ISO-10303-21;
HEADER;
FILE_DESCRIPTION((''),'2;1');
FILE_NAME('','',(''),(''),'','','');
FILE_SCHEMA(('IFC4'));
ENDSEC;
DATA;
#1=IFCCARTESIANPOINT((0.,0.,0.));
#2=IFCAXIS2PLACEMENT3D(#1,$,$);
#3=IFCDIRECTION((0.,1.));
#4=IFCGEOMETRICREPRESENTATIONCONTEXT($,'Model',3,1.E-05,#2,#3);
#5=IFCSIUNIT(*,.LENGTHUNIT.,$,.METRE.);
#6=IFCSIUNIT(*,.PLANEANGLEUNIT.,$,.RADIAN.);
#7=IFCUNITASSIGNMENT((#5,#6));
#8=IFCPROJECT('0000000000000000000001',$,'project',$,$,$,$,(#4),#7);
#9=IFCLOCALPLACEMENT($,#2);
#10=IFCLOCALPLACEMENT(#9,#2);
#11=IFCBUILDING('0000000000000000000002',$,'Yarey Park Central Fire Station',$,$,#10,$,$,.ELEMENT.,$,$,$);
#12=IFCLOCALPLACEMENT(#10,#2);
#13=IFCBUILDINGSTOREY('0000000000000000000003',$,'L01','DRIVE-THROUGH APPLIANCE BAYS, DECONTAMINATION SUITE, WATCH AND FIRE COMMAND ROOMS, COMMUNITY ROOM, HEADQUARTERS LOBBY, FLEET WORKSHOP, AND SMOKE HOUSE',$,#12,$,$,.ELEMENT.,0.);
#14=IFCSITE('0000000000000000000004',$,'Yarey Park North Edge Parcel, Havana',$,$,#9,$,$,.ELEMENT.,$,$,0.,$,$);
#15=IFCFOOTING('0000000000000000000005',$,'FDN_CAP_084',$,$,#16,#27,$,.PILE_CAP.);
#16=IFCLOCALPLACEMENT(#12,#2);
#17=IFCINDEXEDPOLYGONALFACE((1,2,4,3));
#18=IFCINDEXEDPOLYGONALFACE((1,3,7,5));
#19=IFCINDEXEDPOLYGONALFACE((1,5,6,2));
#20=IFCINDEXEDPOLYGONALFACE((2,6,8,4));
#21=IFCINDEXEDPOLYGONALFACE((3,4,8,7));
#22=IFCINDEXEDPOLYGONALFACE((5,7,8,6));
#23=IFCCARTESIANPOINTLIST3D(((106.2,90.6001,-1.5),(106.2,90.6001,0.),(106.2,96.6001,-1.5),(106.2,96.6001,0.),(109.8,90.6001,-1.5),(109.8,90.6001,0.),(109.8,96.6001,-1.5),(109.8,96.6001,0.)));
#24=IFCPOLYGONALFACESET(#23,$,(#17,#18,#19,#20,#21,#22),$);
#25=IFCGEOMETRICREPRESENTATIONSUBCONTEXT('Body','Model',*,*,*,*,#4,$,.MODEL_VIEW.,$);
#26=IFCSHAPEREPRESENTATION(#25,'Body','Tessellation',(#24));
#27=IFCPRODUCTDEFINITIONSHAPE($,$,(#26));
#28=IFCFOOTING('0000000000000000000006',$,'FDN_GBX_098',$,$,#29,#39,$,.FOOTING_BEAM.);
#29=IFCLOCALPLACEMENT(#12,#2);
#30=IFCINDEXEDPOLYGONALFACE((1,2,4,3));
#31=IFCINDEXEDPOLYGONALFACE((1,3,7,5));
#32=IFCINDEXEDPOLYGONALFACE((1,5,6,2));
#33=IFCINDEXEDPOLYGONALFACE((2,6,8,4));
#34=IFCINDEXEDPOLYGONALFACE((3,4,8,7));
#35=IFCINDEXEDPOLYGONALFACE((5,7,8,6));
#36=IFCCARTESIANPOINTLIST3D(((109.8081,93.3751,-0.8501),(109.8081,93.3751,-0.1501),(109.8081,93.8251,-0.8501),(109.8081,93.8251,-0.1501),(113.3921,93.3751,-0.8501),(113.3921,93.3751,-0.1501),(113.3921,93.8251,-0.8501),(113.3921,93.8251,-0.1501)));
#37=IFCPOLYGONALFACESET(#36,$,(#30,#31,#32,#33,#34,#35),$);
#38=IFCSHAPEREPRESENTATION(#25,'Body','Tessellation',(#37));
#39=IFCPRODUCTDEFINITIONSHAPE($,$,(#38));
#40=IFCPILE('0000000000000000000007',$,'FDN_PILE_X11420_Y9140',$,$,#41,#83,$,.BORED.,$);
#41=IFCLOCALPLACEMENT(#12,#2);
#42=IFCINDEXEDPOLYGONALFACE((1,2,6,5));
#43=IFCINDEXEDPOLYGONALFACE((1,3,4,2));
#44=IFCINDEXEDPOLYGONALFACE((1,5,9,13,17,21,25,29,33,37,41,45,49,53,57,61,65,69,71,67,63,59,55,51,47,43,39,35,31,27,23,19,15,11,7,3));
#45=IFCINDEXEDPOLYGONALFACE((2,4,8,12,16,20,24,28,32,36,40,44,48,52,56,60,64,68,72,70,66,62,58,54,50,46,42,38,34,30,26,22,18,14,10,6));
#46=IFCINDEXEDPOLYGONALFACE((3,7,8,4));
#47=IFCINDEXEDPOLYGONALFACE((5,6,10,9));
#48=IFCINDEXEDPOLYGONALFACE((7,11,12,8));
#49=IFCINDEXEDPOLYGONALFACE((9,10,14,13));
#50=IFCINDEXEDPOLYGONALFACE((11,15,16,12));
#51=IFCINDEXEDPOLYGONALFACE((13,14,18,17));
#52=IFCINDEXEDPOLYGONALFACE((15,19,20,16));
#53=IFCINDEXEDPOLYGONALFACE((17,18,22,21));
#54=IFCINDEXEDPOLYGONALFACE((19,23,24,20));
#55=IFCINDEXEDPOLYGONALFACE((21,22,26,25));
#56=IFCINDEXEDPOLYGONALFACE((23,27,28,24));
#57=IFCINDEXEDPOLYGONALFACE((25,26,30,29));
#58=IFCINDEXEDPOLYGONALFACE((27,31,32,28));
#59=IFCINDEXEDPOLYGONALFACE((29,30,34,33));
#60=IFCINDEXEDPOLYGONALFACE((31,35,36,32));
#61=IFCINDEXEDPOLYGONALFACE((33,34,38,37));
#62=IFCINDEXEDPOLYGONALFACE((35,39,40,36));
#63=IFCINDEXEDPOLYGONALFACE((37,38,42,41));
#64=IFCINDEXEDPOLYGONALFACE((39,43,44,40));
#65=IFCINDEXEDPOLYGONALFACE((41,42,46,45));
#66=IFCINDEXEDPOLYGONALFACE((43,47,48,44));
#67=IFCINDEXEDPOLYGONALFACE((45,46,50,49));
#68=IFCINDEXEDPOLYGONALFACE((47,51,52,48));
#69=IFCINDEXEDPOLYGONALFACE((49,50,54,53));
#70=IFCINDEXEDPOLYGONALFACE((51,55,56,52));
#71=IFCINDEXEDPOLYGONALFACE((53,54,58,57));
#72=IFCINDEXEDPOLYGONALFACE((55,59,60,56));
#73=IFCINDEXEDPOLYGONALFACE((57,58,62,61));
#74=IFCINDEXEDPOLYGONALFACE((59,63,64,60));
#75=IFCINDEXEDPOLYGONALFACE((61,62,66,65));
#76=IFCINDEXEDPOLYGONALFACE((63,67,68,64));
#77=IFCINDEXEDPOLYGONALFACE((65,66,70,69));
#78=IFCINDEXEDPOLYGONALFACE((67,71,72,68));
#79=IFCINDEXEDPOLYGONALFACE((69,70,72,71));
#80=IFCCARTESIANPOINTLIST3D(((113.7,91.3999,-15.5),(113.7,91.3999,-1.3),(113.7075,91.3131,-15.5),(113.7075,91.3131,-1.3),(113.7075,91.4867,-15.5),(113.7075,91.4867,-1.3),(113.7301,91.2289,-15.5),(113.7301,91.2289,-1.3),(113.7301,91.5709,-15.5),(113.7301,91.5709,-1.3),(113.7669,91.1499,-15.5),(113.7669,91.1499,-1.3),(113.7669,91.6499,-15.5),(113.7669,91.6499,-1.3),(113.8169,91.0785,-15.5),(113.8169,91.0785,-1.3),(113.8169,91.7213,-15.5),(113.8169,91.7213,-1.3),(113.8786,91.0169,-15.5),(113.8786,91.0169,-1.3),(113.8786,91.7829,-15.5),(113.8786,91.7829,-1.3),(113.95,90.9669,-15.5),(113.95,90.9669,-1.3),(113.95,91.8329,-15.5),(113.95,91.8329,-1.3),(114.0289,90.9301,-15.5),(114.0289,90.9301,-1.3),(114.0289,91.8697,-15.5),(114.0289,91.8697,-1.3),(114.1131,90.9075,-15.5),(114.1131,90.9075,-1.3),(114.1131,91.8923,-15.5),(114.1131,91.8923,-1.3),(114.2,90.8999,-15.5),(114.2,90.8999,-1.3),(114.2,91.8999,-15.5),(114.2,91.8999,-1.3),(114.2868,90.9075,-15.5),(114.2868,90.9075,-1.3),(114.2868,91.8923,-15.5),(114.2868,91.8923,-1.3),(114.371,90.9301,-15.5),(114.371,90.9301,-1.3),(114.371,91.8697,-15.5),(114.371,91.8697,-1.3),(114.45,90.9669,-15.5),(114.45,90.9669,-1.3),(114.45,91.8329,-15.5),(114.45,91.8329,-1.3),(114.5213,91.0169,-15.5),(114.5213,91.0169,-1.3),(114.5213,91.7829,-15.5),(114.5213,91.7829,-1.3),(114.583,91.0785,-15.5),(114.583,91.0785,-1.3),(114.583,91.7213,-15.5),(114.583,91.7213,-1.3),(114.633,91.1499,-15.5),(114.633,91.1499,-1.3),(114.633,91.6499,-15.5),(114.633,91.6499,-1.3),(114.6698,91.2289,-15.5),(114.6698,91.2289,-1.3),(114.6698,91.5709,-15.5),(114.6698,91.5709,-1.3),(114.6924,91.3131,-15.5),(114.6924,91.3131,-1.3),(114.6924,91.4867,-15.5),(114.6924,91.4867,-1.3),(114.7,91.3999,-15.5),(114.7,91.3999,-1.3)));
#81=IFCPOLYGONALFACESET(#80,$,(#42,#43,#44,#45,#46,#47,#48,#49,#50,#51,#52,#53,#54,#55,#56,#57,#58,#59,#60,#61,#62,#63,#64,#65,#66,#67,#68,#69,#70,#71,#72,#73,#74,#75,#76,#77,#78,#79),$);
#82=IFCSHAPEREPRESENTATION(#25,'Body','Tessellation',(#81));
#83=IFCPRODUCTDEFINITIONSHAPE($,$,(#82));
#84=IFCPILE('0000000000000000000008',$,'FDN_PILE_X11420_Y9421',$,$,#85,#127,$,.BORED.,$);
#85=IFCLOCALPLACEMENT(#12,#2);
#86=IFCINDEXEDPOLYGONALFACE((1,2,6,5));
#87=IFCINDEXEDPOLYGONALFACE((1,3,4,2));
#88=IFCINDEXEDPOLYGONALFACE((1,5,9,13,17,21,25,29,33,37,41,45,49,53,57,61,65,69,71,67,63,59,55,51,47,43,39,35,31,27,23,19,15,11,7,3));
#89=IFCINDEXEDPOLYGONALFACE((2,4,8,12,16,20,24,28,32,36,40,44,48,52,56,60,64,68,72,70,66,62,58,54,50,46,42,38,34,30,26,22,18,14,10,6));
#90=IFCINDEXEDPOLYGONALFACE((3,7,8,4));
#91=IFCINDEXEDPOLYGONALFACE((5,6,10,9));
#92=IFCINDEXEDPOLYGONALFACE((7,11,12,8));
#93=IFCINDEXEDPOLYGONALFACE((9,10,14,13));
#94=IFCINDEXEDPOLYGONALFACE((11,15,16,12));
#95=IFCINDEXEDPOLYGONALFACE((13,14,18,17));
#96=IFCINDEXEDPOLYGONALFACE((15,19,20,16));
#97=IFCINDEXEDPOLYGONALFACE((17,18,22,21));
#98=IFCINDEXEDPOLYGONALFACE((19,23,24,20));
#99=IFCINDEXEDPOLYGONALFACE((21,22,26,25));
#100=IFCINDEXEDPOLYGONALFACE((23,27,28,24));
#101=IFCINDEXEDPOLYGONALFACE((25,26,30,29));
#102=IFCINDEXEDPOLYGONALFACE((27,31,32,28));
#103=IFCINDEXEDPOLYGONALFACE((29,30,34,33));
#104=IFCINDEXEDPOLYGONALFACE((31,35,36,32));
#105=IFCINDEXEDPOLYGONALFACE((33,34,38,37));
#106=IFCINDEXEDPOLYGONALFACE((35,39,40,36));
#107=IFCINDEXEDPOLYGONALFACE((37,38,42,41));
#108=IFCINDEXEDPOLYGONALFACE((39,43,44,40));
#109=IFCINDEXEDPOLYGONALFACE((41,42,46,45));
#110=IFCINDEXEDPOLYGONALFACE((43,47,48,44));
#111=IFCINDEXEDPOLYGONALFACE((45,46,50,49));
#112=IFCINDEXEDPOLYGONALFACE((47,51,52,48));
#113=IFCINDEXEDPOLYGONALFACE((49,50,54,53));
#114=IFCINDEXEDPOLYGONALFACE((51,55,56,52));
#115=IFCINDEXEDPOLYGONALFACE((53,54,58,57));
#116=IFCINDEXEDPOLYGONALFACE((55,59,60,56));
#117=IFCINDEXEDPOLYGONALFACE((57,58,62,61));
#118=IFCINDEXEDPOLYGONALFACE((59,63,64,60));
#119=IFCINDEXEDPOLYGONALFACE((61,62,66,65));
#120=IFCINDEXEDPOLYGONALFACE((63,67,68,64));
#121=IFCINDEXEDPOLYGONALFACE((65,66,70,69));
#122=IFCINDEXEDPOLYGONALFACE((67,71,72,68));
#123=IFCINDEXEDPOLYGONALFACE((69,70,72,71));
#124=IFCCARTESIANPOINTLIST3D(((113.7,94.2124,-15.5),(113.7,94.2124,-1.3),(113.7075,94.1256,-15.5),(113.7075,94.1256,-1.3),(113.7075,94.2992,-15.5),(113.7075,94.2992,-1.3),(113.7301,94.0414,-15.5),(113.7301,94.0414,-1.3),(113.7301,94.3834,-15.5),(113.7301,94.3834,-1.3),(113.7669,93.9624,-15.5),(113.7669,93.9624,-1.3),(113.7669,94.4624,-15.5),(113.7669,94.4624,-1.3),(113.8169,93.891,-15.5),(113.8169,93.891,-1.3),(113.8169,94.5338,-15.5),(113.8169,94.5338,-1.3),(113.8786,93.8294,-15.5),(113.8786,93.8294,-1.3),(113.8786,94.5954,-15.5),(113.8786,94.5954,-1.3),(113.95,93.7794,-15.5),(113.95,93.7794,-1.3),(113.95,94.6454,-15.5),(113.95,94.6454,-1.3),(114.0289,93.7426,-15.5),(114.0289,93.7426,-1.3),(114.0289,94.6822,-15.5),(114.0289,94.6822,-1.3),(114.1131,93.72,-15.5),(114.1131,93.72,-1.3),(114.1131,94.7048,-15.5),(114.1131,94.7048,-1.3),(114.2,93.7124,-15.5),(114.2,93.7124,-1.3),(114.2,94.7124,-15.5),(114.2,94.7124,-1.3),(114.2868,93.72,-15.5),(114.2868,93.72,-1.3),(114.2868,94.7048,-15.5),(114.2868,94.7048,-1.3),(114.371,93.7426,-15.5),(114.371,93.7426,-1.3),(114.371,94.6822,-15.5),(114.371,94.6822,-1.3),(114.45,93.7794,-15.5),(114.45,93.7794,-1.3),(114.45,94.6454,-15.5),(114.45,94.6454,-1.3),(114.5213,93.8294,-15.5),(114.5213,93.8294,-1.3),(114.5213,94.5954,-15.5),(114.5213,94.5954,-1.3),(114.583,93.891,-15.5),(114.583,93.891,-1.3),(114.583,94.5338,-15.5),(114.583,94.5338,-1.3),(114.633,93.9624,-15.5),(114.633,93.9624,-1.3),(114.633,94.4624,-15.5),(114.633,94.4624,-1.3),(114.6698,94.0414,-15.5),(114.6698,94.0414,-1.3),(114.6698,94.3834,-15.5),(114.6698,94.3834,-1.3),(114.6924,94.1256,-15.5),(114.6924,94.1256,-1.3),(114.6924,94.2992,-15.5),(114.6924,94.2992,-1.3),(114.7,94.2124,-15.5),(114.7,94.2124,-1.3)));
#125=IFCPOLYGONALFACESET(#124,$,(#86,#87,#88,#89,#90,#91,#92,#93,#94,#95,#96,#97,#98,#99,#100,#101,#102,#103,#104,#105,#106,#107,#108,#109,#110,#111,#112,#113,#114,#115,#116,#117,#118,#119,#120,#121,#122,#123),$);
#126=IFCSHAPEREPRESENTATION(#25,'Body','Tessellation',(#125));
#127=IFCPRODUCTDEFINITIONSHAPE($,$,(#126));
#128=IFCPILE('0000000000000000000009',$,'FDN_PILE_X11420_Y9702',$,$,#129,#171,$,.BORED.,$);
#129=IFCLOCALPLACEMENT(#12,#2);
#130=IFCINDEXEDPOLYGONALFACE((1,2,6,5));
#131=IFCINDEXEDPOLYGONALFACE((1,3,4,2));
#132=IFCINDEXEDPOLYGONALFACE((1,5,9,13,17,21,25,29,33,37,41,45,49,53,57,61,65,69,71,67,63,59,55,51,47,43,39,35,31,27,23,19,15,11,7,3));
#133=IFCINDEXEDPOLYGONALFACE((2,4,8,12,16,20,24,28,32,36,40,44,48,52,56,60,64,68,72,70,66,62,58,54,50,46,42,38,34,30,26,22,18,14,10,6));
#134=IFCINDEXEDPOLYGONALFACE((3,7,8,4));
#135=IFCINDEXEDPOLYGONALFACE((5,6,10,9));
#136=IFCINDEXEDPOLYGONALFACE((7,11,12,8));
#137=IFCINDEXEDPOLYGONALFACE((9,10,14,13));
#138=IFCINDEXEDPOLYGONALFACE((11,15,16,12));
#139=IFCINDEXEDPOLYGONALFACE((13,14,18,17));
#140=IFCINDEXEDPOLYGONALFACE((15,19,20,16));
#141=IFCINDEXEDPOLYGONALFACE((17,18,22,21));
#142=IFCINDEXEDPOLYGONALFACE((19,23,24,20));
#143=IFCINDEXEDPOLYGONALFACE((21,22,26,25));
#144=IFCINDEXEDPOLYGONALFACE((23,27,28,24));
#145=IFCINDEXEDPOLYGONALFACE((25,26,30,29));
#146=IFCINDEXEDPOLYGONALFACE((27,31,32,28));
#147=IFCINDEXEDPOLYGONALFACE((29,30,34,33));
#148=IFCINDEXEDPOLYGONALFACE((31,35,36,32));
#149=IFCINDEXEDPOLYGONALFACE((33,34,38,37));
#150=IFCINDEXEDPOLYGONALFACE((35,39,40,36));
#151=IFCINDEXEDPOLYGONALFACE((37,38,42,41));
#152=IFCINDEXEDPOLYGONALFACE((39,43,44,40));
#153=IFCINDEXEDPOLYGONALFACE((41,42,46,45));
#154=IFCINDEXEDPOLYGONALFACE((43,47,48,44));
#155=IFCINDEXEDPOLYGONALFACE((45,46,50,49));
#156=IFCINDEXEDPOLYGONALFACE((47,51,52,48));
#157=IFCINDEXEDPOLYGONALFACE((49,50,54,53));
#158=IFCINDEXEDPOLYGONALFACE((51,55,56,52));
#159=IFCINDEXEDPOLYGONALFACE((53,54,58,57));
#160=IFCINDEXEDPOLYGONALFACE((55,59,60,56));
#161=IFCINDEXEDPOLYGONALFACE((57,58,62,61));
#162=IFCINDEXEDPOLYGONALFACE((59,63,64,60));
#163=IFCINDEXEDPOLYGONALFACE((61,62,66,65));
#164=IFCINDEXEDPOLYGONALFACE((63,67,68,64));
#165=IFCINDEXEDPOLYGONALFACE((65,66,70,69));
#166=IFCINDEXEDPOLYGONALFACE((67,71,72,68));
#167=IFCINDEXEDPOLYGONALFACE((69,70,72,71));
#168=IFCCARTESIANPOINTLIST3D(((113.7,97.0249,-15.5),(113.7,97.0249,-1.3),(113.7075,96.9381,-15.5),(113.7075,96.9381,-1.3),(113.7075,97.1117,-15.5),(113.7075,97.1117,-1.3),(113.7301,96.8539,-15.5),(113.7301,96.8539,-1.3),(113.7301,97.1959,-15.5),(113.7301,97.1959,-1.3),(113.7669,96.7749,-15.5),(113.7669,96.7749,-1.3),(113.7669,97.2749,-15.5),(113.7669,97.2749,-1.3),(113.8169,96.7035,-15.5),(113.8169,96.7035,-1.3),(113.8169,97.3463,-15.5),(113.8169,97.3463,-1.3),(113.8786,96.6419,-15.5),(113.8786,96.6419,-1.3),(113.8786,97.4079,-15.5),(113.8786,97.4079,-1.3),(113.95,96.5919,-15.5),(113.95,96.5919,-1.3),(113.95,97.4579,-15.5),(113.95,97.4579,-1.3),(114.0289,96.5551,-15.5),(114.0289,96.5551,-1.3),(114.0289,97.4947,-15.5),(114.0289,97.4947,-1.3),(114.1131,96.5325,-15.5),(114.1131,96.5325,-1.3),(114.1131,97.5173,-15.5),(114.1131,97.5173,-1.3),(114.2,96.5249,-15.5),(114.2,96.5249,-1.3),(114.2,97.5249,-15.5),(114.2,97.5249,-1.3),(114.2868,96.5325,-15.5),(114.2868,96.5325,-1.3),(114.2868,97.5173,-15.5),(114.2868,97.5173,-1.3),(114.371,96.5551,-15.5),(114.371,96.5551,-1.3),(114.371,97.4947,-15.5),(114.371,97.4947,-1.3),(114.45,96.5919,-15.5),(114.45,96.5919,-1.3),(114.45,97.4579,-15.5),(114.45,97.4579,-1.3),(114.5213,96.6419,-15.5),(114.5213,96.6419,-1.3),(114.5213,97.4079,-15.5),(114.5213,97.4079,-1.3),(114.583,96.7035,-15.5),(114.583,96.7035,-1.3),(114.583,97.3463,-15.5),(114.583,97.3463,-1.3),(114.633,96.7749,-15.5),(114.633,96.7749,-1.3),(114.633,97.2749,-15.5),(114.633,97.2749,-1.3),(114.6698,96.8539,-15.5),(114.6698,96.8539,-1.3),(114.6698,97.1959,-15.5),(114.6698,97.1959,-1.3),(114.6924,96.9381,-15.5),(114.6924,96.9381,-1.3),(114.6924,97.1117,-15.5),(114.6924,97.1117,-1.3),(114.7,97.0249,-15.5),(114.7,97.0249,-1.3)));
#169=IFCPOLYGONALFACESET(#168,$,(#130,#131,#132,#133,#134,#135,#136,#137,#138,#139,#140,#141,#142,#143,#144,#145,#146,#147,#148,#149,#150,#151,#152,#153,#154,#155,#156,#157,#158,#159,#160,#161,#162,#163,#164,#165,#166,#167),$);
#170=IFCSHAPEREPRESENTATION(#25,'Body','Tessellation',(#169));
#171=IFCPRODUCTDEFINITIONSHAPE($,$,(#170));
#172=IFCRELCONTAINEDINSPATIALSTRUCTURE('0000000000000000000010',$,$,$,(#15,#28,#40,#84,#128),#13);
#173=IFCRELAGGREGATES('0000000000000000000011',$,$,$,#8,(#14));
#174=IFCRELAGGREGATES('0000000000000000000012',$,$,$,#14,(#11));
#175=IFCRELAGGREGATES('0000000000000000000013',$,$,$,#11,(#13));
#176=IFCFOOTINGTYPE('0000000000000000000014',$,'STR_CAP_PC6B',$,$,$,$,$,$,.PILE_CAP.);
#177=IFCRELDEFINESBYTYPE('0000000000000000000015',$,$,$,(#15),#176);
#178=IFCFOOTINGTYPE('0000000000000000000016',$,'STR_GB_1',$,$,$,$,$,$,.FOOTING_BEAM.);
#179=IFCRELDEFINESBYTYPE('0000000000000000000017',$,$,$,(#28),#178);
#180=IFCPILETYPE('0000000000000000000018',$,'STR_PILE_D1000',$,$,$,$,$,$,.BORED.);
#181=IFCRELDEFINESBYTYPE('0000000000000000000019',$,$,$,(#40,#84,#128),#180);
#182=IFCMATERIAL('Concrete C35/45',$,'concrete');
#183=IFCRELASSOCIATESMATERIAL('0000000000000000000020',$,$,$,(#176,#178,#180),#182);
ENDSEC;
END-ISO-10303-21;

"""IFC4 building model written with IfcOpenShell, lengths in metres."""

from ifc_helpers import new_model, si_unit, direction, frame, origin, origin_2d, place, context, subcontext, project, spatial, rectangle, circle, extrude, material, material_profile, profile_set, type_object, element, save


model = new_model("IFC4")

# Units and contexts
model_context = context("Model", 3, precision=1e-05, world=origin(), true_north=direction((0.0, 1.0)))
body_context = subcontext(model_context, "Body", "Model", "MODEL_VIEW")
ifc_project = project(units=[si_unit("LENGTHUNIT", "METRE"), si_unit("PLANEANGLEUNIT", "RADIAN")], contexts=[model_context])

# Site, building, storey
site_placement = place(None, origin())
site = spatial("IfcSite", under=ifc_project, at=site_placement, Name="Yarey Park North Edge Parcel, Havana", CompositionType="ELEMENT", RefElevation=0.0)
building_placement = place(site_placement, origin())
building = spatial("IfcBuilding", under=site, at=building_placement, Name="Yarey Park Central Fire Station", CompositionType="ELEMENT")
storey_placement = place(building_placement, origin())
storey = spatial("IfcBuildingStorey", under=building, at=storey_placement, Name="L01", Description="DRIVE-THROUGH APPLIANCE BAYS, DECONTAMINATION SUITE, WATCH AND FIRE COMMAND ROOMS, COMMUNITY ROOM, HEADQUARTERS LOBBY, FLEET WORKSHOP, AND SMOKE HOUSE", CompositionType="ELEMENT", Elevation=0.0)

# Footings
ifc_material_1 = material(Name="Concrete C35/45", Category="concrete")
footing_type_1 = type_object("IfcFootingType", Name="STR_CAP_PC6B", PredefinedType="PILE_CAP", material=ifc_material_1)
footing_1_placement = place(storey_placement, frame((108.0, 93.6001, -1.5), z_axis=(0.0, 0.0, 1.0), x_axis=(1.0, 0.0, 0.0)))
element("IfcFooting", 1, at=footing_1_placement, inside=storey, type_object=footing_type_1, Name="FDN_CAP_084", PredefinedType="PILE_CAP", context=body_context, shape_type="SweptSolid", body=[
    extrude(rectangle(XDim=3.6001, YDim=6.0, at=origin_2d()), origin(), (0.0, 0.0, 1.0), 1.5),
])
footing_type_2 = type_object("IfcFootingType", Name="STR_GB_1", PredefinedType="FOOTING_BEAM", material=ifc_material_1)
footing_2_placement = place(storey_placement, frame((111.6001, 93.6001, -0.8501), z_axis=(0.0, 0.0, 1.0), x_axis=(1.0, 0.0, 0.0)))
element("IfcFooting", 2, at=footing_2_placement, inside=storey, type_object=footing_type_2, Name="FDN_GBX_098", PredefinedType="FOOTING_BEAM", context=body_context, shape_type="SweptSolid", body=[
    extrude(rectangle(XDim=3.584, YDim=0.45, at=origin_2d()), origin(), (0.0, 0.0, 1.0), 0.7),
])

# Piles
ifc_material_profile_1 = material_profile(ifc_material_1, circle(Radius=0.5, at=origin_2d()), Name="BORED PILE D1000")
ifc_profile_set_1 = profile_set([ifc_material_profile_1], Name="Concrete C35/45")
pile_type = type_object("IfcPileType", Name="STR_PILE_D1000", PredefinedType="BORED", material=ifc_profile_set_1)
for number, where, z_axis, x_axis, name in (
    (3, (114.2, 91.3999, -1.3), (0.0, 0.0, -1.0), (1.0, 0.0, 0.0), "FDN_PILE_X11420_Y9140"),
    (4, (114.2, 94.2124, -1.3), (0.0, 0.0, -1.0), (1.0, 0.0, 0.0), "FDN_PILE_X11420_Y9421"),
    (5, (114.2, 97.0249, -1.3), (0.0, 0.0, -1.0), (1.0, 0.0, 0.0), "FDN_PILE_X11420_Y9702"),
):
    element("IfcPile", number, at=place(storey_placement, frame(where, z_axis=z_axis, x_axis=x_axis)), inside=storey, type_object=pile_type, Name=name, PredefinedType="BORED", context=body_context, shape_type="SweptSolid", body=[
        extrude(circle(Radius=0.5, at=origin_2d()), origin(), (0.0, 0.0, 1.0), 14.2),
    ])

save(model, "model.ifc")
